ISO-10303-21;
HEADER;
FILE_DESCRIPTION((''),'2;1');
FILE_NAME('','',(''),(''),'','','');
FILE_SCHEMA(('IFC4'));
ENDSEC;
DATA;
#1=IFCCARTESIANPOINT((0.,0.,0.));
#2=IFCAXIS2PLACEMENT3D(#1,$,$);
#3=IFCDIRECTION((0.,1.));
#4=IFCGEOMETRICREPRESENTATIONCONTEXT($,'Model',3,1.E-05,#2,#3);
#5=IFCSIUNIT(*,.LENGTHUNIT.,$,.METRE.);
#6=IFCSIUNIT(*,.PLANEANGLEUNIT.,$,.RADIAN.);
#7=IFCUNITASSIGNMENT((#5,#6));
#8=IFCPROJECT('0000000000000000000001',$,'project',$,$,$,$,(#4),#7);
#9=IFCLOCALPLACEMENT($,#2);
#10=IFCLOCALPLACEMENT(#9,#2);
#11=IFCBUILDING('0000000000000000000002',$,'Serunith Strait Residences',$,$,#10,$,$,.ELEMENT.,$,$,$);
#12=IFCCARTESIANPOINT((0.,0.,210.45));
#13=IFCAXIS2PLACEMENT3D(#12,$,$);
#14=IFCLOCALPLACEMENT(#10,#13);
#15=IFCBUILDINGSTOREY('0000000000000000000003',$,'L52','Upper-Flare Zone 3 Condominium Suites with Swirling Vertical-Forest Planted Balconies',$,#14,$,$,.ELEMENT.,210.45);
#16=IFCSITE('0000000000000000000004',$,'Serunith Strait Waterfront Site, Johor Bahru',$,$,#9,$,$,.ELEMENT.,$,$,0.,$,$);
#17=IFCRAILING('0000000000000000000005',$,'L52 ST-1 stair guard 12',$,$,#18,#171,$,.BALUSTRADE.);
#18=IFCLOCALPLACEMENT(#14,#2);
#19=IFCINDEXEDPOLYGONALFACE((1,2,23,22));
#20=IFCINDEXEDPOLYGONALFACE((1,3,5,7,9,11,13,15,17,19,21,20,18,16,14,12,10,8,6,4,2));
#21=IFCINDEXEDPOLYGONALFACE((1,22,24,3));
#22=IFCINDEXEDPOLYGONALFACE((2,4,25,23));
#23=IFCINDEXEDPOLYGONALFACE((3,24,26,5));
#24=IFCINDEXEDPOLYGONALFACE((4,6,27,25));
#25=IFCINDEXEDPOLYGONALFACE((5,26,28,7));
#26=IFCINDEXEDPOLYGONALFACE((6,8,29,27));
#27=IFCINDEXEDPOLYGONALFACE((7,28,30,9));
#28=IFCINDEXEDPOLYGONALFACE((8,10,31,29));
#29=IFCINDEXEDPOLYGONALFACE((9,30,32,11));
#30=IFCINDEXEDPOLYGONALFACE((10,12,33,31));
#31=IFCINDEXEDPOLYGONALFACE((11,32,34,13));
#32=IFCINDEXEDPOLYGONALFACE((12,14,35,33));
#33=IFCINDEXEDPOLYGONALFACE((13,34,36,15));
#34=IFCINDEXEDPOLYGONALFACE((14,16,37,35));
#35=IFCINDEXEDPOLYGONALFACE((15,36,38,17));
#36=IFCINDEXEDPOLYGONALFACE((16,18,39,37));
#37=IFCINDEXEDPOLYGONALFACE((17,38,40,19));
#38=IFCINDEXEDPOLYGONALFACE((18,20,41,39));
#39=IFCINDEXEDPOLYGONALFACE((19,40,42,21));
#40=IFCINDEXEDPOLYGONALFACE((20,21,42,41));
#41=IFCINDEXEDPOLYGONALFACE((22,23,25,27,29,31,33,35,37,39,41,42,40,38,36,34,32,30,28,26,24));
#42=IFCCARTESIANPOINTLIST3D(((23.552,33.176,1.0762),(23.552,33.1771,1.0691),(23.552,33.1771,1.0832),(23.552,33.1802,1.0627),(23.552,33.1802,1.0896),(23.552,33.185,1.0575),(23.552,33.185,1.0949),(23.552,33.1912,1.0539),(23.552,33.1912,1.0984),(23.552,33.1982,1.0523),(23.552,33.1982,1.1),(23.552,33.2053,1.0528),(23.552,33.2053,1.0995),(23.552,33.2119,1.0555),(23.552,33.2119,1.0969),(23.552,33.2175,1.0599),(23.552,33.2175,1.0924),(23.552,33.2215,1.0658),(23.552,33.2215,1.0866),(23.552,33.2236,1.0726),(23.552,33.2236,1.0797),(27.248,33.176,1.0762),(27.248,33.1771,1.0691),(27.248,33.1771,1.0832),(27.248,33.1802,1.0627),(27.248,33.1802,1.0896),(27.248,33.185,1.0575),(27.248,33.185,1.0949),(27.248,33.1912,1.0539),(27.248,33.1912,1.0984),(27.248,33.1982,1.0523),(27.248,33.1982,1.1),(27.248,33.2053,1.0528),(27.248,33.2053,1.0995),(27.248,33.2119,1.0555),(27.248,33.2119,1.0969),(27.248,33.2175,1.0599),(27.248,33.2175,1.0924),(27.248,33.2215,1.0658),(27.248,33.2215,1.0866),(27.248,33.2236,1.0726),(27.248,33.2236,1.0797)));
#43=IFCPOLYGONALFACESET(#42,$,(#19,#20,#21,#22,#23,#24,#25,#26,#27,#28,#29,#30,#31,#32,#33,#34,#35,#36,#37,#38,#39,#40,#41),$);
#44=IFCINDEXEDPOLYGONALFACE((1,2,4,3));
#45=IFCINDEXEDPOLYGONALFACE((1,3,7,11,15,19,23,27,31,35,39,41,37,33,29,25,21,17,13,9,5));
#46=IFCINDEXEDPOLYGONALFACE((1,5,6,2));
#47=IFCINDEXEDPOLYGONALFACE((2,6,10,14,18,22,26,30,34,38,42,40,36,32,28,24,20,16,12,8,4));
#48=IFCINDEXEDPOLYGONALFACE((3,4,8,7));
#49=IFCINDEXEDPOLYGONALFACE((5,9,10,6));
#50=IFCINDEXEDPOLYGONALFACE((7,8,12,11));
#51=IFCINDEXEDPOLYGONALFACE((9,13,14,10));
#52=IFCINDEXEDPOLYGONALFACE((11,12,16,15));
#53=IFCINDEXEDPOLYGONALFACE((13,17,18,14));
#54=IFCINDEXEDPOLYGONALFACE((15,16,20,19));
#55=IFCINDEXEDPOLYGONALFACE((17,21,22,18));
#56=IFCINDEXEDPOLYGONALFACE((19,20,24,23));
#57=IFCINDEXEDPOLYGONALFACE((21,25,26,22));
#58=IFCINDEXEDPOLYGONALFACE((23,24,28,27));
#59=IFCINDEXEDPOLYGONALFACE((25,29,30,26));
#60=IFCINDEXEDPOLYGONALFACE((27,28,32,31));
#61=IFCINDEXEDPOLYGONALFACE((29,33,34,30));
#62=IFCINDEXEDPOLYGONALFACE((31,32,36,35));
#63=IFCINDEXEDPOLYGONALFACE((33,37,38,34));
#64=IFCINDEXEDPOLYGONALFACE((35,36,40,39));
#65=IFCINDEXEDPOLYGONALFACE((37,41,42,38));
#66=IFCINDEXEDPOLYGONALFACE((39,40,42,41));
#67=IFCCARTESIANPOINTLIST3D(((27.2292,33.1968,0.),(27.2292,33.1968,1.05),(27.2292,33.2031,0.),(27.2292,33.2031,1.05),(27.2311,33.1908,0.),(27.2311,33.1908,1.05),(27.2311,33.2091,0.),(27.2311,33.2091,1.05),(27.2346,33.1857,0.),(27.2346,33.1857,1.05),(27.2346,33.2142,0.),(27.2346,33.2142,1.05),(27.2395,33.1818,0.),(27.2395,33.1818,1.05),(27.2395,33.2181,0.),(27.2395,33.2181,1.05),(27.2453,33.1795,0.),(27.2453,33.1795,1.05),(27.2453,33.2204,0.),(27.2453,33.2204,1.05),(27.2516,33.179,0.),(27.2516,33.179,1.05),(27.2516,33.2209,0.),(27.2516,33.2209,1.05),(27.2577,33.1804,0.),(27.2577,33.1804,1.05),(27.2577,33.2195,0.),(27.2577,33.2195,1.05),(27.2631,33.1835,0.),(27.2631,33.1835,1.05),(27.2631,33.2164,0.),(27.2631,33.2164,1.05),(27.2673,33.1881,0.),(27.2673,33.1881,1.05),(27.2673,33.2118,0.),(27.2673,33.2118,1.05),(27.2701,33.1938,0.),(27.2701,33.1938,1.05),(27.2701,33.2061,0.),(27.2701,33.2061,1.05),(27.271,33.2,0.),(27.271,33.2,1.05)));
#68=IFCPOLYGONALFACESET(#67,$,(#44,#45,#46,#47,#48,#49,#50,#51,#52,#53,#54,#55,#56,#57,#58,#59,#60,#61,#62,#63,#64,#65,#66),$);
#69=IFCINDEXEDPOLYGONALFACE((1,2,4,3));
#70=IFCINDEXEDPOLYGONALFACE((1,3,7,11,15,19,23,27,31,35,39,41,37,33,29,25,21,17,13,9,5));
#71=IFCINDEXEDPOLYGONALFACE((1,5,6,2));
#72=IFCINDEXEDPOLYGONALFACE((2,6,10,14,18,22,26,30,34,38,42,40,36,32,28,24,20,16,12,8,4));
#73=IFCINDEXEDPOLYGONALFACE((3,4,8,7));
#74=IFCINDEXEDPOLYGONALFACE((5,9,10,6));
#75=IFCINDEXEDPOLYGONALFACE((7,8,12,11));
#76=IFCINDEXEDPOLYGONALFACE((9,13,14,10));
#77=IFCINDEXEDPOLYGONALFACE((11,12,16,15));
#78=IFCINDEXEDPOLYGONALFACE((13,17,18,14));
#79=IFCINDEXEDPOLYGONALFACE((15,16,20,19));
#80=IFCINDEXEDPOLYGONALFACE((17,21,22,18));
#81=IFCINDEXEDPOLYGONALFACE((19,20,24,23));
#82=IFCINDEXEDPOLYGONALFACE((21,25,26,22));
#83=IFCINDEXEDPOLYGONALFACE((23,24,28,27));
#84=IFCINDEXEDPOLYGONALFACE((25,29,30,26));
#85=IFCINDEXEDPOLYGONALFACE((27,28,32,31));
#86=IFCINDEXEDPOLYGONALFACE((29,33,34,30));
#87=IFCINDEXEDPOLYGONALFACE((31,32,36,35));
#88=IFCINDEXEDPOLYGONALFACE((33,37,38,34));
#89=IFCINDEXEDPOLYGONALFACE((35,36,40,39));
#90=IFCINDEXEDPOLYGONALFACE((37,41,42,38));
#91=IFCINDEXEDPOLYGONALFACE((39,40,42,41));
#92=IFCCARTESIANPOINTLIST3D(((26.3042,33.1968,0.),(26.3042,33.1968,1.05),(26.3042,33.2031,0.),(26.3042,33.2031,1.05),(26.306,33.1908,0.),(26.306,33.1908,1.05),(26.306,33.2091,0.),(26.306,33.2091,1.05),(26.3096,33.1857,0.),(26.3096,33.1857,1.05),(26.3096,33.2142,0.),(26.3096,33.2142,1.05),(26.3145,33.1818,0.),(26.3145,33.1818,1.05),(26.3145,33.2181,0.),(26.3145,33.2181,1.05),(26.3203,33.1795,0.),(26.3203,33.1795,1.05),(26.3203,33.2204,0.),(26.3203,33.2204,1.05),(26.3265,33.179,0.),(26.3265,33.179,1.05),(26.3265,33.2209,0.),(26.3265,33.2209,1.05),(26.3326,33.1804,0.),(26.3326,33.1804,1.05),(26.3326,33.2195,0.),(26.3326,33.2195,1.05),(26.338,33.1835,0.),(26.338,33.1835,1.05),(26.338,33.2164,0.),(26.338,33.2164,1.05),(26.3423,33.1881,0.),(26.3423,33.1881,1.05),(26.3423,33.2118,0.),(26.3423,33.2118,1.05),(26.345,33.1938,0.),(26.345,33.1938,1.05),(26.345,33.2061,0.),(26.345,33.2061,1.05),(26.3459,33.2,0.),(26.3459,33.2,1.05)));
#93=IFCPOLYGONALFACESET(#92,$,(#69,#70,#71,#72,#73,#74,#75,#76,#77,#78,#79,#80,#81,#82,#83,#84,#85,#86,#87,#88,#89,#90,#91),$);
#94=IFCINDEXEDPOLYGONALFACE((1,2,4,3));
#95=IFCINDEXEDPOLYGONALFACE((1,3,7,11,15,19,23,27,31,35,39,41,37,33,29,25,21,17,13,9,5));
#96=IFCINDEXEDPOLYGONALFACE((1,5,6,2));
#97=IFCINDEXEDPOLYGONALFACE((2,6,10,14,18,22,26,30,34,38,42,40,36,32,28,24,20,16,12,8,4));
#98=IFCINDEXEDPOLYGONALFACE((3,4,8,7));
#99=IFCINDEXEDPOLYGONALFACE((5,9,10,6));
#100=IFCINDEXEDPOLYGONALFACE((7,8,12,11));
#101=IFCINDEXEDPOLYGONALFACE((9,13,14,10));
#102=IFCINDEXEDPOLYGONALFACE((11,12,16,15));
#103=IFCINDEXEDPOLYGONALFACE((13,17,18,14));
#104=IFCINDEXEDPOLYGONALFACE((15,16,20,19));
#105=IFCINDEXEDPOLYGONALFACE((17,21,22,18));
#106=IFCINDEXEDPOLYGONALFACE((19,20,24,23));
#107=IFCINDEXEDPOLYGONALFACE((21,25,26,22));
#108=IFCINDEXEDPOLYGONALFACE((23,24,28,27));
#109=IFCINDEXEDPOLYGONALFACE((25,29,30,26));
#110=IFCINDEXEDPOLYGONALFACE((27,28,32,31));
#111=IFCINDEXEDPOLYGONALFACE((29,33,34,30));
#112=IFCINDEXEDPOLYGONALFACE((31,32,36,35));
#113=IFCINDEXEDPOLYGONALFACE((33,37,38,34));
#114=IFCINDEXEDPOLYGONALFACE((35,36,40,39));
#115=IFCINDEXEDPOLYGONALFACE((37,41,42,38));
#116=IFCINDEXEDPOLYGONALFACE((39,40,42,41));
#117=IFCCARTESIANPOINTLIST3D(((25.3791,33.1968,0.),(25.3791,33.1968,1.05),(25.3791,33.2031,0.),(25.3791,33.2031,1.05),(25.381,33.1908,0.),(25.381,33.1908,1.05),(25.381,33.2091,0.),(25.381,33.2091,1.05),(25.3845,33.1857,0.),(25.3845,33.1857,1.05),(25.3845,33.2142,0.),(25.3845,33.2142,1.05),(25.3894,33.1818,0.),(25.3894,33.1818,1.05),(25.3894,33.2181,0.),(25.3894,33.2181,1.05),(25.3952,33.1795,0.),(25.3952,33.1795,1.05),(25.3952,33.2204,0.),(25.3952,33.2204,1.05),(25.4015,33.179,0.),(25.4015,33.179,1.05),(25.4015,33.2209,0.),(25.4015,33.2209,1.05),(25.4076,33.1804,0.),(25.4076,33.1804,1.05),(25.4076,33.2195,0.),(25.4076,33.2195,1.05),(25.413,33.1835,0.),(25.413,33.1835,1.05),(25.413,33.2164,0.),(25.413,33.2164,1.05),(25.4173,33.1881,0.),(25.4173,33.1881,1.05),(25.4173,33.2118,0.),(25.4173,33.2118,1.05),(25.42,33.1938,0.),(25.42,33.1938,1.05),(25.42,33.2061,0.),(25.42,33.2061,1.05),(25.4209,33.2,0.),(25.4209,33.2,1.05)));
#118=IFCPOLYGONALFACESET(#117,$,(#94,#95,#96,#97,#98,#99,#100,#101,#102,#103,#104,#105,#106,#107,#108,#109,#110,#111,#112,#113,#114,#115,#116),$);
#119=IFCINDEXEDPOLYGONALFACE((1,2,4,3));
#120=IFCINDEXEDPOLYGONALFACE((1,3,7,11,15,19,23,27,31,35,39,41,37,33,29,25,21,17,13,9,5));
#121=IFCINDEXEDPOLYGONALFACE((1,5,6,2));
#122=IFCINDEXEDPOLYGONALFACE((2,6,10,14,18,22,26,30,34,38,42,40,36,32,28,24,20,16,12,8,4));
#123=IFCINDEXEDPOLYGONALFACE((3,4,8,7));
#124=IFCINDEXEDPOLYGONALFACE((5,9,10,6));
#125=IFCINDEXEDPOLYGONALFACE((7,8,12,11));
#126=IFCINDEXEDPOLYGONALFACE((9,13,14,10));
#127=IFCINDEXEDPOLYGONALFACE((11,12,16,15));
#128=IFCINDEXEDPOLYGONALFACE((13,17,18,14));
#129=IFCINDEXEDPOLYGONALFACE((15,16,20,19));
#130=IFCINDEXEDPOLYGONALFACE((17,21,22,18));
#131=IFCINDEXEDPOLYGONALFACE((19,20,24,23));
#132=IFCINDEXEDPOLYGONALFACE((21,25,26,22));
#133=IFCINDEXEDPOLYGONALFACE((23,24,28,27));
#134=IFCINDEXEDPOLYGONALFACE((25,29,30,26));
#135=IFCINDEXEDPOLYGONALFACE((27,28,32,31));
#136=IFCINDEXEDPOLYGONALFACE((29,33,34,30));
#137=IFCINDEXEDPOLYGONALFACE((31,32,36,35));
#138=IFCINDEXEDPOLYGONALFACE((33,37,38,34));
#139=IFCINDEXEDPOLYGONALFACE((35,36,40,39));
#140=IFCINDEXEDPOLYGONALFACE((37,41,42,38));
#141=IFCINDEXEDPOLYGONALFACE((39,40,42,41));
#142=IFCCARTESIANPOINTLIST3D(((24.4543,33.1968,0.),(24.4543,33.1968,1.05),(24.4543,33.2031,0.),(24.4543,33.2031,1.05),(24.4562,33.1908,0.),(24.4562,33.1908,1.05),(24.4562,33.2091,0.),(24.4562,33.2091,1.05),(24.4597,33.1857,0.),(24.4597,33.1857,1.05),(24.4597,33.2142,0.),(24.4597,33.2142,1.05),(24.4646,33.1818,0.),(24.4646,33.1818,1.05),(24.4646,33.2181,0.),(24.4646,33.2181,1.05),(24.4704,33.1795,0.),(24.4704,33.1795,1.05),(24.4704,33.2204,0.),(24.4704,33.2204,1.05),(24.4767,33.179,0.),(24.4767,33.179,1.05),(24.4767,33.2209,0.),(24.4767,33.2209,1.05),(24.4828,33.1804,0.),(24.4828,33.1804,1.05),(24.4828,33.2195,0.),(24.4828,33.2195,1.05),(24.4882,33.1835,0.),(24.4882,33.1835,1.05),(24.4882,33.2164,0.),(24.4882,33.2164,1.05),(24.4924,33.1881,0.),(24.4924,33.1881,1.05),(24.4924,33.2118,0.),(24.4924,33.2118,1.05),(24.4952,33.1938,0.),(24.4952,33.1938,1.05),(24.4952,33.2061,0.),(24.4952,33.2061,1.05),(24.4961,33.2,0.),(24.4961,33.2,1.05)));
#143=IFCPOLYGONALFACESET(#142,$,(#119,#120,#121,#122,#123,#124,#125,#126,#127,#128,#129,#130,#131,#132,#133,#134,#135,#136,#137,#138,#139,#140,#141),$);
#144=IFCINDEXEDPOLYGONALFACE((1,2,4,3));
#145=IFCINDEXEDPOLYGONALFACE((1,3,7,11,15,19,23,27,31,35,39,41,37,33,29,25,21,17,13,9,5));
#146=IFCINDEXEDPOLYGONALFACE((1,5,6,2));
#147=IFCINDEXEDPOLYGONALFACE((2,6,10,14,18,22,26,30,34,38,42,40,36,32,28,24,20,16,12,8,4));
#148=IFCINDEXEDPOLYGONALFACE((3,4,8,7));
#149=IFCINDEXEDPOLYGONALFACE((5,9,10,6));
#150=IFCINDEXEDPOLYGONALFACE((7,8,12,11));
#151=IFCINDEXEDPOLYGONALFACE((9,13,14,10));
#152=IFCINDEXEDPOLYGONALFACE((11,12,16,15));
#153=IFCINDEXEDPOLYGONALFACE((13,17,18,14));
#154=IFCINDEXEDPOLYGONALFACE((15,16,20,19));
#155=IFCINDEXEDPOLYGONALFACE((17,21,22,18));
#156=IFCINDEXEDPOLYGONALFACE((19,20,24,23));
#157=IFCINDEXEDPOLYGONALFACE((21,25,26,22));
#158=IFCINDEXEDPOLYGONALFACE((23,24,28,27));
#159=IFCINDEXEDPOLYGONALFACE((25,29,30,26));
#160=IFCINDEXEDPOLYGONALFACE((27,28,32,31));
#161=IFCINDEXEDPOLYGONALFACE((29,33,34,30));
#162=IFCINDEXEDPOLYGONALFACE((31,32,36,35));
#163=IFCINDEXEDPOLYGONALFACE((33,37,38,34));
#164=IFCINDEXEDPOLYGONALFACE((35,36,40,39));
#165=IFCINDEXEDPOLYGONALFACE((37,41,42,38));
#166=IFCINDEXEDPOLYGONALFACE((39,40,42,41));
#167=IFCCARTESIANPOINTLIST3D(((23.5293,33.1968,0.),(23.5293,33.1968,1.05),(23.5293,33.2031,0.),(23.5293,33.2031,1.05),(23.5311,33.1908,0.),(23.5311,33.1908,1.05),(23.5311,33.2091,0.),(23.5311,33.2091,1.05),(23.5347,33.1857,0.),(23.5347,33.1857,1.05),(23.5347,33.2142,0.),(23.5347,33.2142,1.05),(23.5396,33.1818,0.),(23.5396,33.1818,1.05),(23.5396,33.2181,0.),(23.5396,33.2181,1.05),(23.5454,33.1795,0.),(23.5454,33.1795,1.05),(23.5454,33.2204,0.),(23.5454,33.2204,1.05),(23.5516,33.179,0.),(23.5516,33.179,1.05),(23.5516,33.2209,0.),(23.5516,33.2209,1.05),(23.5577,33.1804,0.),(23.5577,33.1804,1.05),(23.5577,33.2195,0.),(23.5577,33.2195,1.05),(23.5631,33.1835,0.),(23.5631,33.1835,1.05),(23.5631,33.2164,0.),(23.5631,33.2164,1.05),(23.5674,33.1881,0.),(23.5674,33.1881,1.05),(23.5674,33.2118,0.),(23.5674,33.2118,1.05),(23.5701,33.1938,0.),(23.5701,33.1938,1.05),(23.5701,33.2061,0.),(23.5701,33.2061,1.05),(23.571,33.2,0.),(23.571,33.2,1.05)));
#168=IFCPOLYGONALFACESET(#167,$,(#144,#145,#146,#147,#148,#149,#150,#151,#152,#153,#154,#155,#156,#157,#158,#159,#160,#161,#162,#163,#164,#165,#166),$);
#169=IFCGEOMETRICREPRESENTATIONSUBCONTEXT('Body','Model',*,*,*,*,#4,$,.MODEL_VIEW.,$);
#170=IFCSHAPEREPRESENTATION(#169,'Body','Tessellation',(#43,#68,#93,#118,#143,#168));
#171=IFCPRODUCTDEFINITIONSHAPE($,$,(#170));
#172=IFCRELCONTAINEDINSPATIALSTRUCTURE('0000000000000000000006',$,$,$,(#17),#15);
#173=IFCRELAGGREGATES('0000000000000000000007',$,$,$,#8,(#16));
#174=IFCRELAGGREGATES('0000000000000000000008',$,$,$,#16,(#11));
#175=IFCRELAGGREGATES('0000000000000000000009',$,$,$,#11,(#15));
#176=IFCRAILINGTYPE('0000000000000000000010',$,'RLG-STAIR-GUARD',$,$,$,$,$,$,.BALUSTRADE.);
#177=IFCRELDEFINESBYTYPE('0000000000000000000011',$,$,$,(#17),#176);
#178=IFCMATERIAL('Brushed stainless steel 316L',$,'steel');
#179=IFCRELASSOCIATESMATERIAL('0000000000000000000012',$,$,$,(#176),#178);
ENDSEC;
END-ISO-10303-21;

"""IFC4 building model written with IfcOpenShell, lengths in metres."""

from ifc_helpers import new_model, si_unit, direction, frame, origin, origin_2d, place, context, subcontext, project, spatial, circle, extrude, material, type_object, element, save


model = new_model("IFC4")

# Units and contexts
model_context = context("Model", 3, precision=1e-05, world=origin(), true_north=direction((0.0, 1.0)))
body_context = subcontext(model_context, "Body", "Model", "MODEL_VIEW")
ifc_project = project(units=[si_unit("LENGTHUNIT", "METRE"), si_unit("PLANEANGLEUNIT", "RADIAN")], contexts=[model_context])

# Site, building, storey
site_placement = place(None, origin())
site = spatial("IfcSite", under=ifc_project, at=site_placement, Name="Serunith Strait Waterfront Site, Johor Bahru", CompositionType="ELEMENT", RefElevation=0.0)
building_placement = place(site_placement, origin())
building = spatial("IfcBuilding", under=site, at=building_placement, Name="Serunith Strait Residences", CompositionType="ELEMENT")
storey_placement = place(building_placement, frame((0.0, 0.0, 210.45)))
storey = spatial("IfcBuildingStorey", under=building, at=storey_placement, Name="L52", Description="Upper-Flare Zone 3 Condominium Suites with Swirling Vertical-Forest Planted Balconies", CompositionType="ELEMENT", Elevation=210.45)

# Railing
ifc_material_1 = material(Name="Brushed stainless steel 316L", Category="steel")
railing_type = type_object("IfcRailingType", Name="RLG-STAIR-GUARD", PredefinedType="BALUSTRADE", material=ifc_material_1)
railing_placement = place(storey_placement, frame((27.25, 33.2, 0.0)))
element("IfcRailing", 1, at=railing_placement, inside=storey, type_object=railing_type, Name="L52 ST-1 stair guard 12", PredefinedType="BALUSTRADE", context=body_context, shape_type="SweptSolid", body=[
    extrude(circle(Radius=0.0239, at=origin_2d()), frame((-0.002, 0.0, 1.0762), z_axis=(-1.0, 0.0, 0.0), x_axis=(0.0, -1.0, 0.0)), (0.0, 0.0, 1.0), 3.696),
    extrude(circle(Radius=0.021, at=origin_2d()), origin(), (0.0, 0.0, 1.0), 1.05),
    extrude(circle(Radius=0.021, at=origin_2d()), frame((-0.925, 0.0, 0.0)), (0.0, 0.0, 1.0), 1.05),
    extrude(circle(Radius=0.021, at=origin_2d()), frame((-1.8501, 0.0, 0.0)), (0.0, 0.0, 1.0), 1.05),
    extrude(circle(Radius=0.021, at=origin_2d()), frame((-2.7749, 0.0, 0.0)), (0.0, 0.0, 1.0), 1.05),
    extrude(circle(Radius=0.021, at=origin_2d()), frame((-3.7, 0.0, 0.0)), (0.0, 0.0, 1.0), 1.05),
])

save(model, "model.ifc")
